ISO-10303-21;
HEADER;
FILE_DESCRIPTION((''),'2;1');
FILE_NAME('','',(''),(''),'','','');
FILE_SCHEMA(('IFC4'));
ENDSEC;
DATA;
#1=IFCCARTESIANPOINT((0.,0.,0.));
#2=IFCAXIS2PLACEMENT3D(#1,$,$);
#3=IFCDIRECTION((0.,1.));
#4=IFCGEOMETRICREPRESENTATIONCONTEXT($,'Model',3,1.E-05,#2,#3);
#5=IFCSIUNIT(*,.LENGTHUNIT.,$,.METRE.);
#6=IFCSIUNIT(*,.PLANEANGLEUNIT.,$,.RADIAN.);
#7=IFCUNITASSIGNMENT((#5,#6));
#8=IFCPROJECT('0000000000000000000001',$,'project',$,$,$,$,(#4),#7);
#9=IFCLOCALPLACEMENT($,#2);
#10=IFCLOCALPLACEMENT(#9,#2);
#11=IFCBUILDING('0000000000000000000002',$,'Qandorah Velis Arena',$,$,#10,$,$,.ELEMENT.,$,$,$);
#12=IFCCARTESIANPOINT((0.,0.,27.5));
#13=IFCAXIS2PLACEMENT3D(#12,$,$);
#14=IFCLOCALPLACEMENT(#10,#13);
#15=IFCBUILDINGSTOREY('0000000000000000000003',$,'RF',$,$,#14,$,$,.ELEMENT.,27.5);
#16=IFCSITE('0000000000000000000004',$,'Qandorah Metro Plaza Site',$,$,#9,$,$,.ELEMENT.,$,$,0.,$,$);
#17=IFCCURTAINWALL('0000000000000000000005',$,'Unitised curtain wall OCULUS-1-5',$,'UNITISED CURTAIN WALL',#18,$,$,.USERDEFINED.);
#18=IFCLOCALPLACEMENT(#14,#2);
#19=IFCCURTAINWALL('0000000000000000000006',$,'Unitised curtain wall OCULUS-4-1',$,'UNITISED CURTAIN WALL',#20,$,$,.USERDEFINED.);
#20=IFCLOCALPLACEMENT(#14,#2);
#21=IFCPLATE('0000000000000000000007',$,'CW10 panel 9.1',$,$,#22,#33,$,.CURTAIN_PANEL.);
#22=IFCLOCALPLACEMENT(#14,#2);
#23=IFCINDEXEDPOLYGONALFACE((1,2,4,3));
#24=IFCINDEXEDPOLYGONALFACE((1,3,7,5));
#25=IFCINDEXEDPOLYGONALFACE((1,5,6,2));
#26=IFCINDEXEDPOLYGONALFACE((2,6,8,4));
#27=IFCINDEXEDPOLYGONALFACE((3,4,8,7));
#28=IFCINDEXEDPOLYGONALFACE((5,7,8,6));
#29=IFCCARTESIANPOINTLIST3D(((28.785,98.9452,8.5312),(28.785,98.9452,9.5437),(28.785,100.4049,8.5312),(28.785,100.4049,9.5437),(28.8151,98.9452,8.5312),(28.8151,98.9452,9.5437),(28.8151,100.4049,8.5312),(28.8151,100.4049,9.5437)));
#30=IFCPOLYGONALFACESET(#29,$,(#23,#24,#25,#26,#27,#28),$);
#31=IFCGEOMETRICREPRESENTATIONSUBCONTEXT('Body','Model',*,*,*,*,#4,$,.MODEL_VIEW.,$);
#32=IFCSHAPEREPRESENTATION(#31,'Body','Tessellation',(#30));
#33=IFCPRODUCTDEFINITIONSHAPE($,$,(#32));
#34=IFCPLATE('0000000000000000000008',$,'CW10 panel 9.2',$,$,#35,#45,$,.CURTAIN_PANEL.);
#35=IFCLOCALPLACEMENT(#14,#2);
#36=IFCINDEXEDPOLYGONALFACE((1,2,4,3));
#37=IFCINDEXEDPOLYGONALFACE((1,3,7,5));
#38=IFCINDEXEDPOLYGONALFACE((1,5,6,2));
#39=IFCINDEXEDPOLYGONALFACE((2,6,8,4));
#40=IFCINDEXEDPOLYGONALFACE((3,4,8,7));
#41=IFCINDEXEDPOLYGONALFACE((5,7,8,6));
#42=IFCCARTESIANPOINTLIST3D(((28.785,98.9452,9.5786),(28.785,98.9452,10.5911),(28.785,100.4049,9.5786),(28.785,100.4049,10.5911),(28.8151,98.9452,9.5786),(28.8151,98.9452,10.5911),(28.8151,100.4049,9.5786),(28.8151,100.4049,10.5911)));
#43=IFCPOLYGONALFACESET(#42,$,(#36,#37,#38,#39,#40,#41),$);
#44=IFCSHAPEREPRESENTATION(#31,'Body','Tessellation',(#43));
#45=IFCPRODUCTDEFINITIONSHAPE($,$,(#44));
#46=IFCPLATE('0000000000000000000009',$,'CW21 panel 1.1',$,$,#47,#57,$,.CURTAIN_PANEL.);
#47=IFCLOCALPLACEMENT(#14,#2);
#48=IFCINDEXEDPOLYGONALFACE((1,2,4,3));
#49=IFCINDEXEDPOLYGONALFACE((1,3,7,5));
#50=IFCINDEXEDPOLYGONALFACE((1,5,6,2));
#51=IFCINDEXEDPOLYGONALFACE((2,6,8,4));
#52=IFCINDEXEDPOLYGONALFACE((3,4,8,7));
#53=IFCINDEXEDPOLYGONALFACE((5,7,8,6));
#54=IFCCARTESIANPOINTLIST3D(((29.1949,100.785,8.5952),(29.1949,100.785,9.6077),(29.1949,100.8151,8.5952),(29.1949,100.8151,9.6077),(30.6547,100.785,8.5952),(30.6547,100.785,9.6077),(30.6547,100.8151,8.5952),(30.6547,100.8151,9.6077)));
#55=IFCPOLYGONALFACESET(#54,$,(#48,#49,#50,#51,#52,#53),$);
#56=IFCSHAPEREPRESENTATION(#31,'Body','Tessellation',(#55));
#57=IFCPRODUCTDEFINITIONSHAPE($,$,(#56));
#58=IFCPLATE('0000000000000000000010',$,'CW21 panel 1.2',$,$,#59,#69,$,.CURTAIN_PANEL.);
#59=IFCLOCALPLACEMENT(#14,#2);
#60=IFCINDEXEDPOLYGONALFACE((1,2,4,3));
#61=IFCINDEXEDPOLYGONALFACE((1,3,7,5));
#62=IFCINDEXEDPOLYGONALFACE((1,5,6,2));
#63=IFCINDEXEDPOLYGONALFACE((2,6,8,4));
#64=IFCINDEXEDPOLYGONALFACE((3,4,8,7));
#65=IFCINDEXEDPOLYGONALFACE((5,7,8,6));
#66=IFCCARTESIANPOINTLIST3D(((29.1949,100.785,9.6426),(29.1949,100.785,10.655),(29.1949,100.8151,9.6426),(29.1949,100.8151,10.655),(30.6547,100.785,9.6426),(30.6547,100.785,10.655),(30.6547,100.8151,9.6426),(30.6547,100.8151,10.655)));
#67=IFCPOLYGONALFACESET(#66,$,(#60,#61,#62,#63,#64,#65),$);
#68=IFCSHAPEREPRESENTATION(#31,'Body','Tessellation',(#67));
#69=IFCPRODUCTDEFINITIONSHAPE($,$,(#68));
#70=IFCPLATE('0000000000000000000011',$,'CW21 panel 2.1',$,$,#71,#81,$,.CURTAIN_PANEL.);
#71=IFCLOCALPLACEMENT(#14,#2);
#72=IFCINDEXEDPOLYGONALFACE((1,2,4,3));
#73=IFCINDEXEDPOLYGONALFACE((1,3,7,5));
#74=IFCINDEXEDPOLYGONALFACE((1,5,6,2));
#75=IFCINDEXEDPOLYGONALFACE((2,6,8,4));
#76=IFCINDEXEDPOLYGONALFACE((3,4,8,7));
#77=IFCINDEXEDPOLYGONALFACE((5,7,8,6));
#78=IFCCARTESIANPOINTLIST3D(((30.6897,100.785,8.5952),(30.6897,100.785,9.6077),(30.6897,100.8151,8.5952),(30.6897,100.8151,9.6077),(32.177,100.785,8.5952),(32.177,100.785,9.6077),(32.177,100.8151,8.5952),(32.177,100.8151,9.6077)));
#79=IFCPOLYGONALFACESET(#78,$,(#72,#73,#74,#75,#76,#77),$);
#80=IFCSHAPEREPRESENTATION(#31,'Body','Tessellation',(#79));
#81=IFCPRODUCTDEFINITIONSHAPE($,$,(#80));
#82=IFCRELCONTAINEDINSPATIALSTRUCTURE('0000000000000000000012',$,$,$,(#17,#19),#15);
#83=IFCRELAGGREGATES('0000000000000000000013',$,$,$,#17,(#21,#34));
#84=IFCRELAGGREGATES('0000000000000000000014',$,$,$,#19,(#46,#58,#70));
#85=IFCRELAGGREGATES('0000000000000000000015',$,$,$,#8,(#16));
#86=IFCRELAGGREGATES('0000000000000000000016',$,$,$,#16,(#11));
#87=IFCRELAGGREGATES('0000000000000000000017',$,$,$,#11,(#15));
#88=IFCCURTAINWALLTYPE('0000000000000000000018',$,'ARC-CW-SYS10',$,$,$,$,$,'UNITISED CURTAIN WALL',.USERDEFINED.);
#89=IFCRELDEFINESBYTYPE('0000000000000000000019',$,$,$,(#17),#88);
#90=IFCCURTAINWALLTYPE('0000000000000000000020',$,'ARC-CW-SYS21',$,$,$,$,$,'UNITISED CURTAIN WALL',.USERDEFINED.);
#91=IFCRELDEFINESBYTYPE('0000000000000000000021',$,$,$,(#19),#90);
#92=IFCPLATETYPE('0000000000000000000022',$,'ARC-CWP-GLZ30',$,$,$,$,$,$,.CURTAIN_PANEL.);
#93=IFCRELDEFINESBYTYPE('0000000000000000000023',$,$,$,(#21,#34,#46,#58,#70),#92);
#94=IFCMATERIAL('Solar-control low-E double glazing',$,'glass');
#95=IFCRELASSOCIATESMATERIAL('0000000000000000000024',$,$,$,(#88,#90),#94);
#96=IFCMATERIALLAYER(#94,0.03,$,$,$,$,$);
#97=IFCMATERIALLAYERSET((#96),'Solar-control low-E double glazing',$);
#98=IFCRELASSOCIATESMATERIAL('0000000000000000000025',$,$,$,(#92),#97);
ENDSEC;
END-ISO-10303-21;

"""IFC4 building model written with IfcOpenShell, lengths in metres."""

from ifc_helpers import new_model, si_unit, direction, frame, origin, origin_2d, place, context, subcontext, project, spatial, rectangle, extrude, material, layer, layer_set, type_object, element, aggregate, save


model = new_model("IFC4")

# Units and contexts
model_context = context("Model", 3, precision=1e-05, world=origin(), true_north=direction((0.0, 1.0)))
body_context = subcontext(model_context, "Body", "Model", "MODEL_VIEW")
ifc_project = project(units=[si_unit("LENGTHUNIT", "METRE"), si_unit("PLANEANGLEUNIT", "RADIAN")], contexts=[model_context])

# Site, building, storey
site_placement = place(None, origin())
site = spatial("IfcSite", under=ifc_project, at=site_placement, Name="Qandorah Metro Plaza Site", CompositionType="ELEMENT", RefElevation=0.0)
building_placement = place(site_placement, origin())
building = spatial("IfcBuilding", under=site, at=building_placement, Name="Qandorah Velis Arena", CompositionType="ELEMENT")
storey_placement = place(building_placement, frame((0.0, 0.0, 27.5)))
storey = spatial("IfcBuildingStorey", under=building, at=storey_placement, Name="RF", CompositionType="ELEMENT", Elevation=27.5)

# Curtain walls
ifc_material_1 = material(Name="Solar-control low-E double glazing", Category="glass")
curtain_wall_type_1 = type_object("IfcCurtainWallType", Name="ARC-CW-SYS10", ElementType="UNITISED CURTAIN WALL", PredefinedType="USERDEFINED", material=ifc_material_1)
curtain_wall_1_placement = place(storey_placement, origin())
curtain_wall_1 = element("IfcCurtainWall", 1, at=curtain_wall_1_placement, inside=storey, type_object=curtain_wall_type_1, Name="Unitised curtain wall OCULUS-1-5", ObjectType="UNITISED CURTAIN WALL", PredefinedType="USERDEFINED")
curtain_wall_type_2 = type_object("IfcCurtainWallType", Name="ARC-CW-SYS21", ElementType="UNITISED CURTAIN WALL", PredefinedType="USERDEFINED", material=ifc_material_1)
curtain_wall_2_placement = place(storey_placement, origin())
curtain_wall_2 = element("IfcCurtainWall", 2, at=curtain_wall_2_placement, inside=storey, type_object=curtain_wall_type_2, Name="Unitised curtain wall OCULUS-4-1", ObjectType="UNITISED CURTAIN WALL", PredefinedType="USERDEFINED")

# Plates
ifc_layer = layer(ifc_material_1, 0.03)
ifc_layer_set = layer_set([ifc_layer], Name="Solar-control low-E double glazing")
plate_type = type_object("IfcPlateType", Name="ARC-CWP-GLZ30", PredefinedType="CURTAIN_PANEL", material=ifc_layer_set)
plate_1_placement = place(storey_placement, frame((28.8, 99.675, 8.5312), z_axis=(0.0, 0.0, 1.0), x_axis=(0.0, 1.0, 0.0)))
plate_1 = element("IfcPlate", 3, at=plate_1_placement, type_object=plate_type, Name="CW10 panel 9.1", PredefinedType="CURTAIN_PANEL", context=body_context, shape_type="SweptSolid", body=[
    extrude(rectangle(XDim=1.4597, YDim=0.03, at=origin_2d()), origin(), (0.0, 0.0, 1.0), 1.0125),
])
plate_2_placement = place(storey_placement, frame((28.8, 99.675, 9.5786), z_axis=(0.0, 0.0, 1.0), x_axis=(0.0, 1.0, 0.0)))
plate_2 = element("IfcPlate", 4, at=plate_2_placement, type_object=plate_type, Name="CW10 panel 9.2", PredefinedType="CURTAIN_PANEL", context=body_context, shape_type="SweptSolid", body=[
    extrude(rectangle(XDim=1.4597, YDim=0.03, at=origin_2d()), origin(), (0.0, 0.0, 1.0), 1.0125),
])
aggregate(curtain_wall_1, [plate_1, plate_2])
plate_3_placement = place(storey_placement, frame((29.9248, 100.8, 8.5952), z_axis=(0.0, 0.0, 1.0), x_axis=(1.0, 0.0, 0.0)))
plate_3 = element("IfcPlate", 5, at=plate_3_placement, type_object=plate_type, Name="CW21 panel 1.1", PredefinedType="CURTAIN_PANEL", context=body_context, shape_type="SweptSolid", body=[
    extrude(rectangle(XDim=1.4597, YDim=0.03, at=origin_2d()), origin(), (0.0, 0.0, 1.0), 1.0125),
])
plate_4_placement = place(storey_placement, frame((29.9248, 100.8, 9.6426), z_axis=(0.0, 0.0, 1.0), x_axis=(1.0, 0.0, 0.0)))
plate_4 = element("IfcPlate", 6, at=plate_4_placement, type_object=plate_type, Name="CW21 panel 1.2", PredefinedType="CURTAIN_PANEL", context=body_context, shape_type="SweptSolid", body=[
    extrude(rectangle(XDim=1.4597, YDim=0.03, at=origin_2d()), origin(), (0.0, 0.0, 1.0), 1.0125),
])
plate_5_placement = place(storey_placement, frame((31.4333, 100.8, 8.5952), z_axis=(0.0, 0.0, 1.0), x_axis=(1.0, 0.0, 0.0)))
plate_5 = element("IfcPlate", 7, at=plate_5_placement, type_object=plate_type, Name="CW21 panel 2.1", PredefinedType="CURTAIN_PANEL", context=body_context, shape_type="SweptSolid", body=[
    extrude(rectangle(XDim=1.4873, YDim=0.03, at=origin_2d()), origin(), (0.0, 0.0, 1.0), 1.0125),
])
aggregate(curtain_wall_2, [plate_3, plate_4, plate_5])

save(model, "model.ifc")
